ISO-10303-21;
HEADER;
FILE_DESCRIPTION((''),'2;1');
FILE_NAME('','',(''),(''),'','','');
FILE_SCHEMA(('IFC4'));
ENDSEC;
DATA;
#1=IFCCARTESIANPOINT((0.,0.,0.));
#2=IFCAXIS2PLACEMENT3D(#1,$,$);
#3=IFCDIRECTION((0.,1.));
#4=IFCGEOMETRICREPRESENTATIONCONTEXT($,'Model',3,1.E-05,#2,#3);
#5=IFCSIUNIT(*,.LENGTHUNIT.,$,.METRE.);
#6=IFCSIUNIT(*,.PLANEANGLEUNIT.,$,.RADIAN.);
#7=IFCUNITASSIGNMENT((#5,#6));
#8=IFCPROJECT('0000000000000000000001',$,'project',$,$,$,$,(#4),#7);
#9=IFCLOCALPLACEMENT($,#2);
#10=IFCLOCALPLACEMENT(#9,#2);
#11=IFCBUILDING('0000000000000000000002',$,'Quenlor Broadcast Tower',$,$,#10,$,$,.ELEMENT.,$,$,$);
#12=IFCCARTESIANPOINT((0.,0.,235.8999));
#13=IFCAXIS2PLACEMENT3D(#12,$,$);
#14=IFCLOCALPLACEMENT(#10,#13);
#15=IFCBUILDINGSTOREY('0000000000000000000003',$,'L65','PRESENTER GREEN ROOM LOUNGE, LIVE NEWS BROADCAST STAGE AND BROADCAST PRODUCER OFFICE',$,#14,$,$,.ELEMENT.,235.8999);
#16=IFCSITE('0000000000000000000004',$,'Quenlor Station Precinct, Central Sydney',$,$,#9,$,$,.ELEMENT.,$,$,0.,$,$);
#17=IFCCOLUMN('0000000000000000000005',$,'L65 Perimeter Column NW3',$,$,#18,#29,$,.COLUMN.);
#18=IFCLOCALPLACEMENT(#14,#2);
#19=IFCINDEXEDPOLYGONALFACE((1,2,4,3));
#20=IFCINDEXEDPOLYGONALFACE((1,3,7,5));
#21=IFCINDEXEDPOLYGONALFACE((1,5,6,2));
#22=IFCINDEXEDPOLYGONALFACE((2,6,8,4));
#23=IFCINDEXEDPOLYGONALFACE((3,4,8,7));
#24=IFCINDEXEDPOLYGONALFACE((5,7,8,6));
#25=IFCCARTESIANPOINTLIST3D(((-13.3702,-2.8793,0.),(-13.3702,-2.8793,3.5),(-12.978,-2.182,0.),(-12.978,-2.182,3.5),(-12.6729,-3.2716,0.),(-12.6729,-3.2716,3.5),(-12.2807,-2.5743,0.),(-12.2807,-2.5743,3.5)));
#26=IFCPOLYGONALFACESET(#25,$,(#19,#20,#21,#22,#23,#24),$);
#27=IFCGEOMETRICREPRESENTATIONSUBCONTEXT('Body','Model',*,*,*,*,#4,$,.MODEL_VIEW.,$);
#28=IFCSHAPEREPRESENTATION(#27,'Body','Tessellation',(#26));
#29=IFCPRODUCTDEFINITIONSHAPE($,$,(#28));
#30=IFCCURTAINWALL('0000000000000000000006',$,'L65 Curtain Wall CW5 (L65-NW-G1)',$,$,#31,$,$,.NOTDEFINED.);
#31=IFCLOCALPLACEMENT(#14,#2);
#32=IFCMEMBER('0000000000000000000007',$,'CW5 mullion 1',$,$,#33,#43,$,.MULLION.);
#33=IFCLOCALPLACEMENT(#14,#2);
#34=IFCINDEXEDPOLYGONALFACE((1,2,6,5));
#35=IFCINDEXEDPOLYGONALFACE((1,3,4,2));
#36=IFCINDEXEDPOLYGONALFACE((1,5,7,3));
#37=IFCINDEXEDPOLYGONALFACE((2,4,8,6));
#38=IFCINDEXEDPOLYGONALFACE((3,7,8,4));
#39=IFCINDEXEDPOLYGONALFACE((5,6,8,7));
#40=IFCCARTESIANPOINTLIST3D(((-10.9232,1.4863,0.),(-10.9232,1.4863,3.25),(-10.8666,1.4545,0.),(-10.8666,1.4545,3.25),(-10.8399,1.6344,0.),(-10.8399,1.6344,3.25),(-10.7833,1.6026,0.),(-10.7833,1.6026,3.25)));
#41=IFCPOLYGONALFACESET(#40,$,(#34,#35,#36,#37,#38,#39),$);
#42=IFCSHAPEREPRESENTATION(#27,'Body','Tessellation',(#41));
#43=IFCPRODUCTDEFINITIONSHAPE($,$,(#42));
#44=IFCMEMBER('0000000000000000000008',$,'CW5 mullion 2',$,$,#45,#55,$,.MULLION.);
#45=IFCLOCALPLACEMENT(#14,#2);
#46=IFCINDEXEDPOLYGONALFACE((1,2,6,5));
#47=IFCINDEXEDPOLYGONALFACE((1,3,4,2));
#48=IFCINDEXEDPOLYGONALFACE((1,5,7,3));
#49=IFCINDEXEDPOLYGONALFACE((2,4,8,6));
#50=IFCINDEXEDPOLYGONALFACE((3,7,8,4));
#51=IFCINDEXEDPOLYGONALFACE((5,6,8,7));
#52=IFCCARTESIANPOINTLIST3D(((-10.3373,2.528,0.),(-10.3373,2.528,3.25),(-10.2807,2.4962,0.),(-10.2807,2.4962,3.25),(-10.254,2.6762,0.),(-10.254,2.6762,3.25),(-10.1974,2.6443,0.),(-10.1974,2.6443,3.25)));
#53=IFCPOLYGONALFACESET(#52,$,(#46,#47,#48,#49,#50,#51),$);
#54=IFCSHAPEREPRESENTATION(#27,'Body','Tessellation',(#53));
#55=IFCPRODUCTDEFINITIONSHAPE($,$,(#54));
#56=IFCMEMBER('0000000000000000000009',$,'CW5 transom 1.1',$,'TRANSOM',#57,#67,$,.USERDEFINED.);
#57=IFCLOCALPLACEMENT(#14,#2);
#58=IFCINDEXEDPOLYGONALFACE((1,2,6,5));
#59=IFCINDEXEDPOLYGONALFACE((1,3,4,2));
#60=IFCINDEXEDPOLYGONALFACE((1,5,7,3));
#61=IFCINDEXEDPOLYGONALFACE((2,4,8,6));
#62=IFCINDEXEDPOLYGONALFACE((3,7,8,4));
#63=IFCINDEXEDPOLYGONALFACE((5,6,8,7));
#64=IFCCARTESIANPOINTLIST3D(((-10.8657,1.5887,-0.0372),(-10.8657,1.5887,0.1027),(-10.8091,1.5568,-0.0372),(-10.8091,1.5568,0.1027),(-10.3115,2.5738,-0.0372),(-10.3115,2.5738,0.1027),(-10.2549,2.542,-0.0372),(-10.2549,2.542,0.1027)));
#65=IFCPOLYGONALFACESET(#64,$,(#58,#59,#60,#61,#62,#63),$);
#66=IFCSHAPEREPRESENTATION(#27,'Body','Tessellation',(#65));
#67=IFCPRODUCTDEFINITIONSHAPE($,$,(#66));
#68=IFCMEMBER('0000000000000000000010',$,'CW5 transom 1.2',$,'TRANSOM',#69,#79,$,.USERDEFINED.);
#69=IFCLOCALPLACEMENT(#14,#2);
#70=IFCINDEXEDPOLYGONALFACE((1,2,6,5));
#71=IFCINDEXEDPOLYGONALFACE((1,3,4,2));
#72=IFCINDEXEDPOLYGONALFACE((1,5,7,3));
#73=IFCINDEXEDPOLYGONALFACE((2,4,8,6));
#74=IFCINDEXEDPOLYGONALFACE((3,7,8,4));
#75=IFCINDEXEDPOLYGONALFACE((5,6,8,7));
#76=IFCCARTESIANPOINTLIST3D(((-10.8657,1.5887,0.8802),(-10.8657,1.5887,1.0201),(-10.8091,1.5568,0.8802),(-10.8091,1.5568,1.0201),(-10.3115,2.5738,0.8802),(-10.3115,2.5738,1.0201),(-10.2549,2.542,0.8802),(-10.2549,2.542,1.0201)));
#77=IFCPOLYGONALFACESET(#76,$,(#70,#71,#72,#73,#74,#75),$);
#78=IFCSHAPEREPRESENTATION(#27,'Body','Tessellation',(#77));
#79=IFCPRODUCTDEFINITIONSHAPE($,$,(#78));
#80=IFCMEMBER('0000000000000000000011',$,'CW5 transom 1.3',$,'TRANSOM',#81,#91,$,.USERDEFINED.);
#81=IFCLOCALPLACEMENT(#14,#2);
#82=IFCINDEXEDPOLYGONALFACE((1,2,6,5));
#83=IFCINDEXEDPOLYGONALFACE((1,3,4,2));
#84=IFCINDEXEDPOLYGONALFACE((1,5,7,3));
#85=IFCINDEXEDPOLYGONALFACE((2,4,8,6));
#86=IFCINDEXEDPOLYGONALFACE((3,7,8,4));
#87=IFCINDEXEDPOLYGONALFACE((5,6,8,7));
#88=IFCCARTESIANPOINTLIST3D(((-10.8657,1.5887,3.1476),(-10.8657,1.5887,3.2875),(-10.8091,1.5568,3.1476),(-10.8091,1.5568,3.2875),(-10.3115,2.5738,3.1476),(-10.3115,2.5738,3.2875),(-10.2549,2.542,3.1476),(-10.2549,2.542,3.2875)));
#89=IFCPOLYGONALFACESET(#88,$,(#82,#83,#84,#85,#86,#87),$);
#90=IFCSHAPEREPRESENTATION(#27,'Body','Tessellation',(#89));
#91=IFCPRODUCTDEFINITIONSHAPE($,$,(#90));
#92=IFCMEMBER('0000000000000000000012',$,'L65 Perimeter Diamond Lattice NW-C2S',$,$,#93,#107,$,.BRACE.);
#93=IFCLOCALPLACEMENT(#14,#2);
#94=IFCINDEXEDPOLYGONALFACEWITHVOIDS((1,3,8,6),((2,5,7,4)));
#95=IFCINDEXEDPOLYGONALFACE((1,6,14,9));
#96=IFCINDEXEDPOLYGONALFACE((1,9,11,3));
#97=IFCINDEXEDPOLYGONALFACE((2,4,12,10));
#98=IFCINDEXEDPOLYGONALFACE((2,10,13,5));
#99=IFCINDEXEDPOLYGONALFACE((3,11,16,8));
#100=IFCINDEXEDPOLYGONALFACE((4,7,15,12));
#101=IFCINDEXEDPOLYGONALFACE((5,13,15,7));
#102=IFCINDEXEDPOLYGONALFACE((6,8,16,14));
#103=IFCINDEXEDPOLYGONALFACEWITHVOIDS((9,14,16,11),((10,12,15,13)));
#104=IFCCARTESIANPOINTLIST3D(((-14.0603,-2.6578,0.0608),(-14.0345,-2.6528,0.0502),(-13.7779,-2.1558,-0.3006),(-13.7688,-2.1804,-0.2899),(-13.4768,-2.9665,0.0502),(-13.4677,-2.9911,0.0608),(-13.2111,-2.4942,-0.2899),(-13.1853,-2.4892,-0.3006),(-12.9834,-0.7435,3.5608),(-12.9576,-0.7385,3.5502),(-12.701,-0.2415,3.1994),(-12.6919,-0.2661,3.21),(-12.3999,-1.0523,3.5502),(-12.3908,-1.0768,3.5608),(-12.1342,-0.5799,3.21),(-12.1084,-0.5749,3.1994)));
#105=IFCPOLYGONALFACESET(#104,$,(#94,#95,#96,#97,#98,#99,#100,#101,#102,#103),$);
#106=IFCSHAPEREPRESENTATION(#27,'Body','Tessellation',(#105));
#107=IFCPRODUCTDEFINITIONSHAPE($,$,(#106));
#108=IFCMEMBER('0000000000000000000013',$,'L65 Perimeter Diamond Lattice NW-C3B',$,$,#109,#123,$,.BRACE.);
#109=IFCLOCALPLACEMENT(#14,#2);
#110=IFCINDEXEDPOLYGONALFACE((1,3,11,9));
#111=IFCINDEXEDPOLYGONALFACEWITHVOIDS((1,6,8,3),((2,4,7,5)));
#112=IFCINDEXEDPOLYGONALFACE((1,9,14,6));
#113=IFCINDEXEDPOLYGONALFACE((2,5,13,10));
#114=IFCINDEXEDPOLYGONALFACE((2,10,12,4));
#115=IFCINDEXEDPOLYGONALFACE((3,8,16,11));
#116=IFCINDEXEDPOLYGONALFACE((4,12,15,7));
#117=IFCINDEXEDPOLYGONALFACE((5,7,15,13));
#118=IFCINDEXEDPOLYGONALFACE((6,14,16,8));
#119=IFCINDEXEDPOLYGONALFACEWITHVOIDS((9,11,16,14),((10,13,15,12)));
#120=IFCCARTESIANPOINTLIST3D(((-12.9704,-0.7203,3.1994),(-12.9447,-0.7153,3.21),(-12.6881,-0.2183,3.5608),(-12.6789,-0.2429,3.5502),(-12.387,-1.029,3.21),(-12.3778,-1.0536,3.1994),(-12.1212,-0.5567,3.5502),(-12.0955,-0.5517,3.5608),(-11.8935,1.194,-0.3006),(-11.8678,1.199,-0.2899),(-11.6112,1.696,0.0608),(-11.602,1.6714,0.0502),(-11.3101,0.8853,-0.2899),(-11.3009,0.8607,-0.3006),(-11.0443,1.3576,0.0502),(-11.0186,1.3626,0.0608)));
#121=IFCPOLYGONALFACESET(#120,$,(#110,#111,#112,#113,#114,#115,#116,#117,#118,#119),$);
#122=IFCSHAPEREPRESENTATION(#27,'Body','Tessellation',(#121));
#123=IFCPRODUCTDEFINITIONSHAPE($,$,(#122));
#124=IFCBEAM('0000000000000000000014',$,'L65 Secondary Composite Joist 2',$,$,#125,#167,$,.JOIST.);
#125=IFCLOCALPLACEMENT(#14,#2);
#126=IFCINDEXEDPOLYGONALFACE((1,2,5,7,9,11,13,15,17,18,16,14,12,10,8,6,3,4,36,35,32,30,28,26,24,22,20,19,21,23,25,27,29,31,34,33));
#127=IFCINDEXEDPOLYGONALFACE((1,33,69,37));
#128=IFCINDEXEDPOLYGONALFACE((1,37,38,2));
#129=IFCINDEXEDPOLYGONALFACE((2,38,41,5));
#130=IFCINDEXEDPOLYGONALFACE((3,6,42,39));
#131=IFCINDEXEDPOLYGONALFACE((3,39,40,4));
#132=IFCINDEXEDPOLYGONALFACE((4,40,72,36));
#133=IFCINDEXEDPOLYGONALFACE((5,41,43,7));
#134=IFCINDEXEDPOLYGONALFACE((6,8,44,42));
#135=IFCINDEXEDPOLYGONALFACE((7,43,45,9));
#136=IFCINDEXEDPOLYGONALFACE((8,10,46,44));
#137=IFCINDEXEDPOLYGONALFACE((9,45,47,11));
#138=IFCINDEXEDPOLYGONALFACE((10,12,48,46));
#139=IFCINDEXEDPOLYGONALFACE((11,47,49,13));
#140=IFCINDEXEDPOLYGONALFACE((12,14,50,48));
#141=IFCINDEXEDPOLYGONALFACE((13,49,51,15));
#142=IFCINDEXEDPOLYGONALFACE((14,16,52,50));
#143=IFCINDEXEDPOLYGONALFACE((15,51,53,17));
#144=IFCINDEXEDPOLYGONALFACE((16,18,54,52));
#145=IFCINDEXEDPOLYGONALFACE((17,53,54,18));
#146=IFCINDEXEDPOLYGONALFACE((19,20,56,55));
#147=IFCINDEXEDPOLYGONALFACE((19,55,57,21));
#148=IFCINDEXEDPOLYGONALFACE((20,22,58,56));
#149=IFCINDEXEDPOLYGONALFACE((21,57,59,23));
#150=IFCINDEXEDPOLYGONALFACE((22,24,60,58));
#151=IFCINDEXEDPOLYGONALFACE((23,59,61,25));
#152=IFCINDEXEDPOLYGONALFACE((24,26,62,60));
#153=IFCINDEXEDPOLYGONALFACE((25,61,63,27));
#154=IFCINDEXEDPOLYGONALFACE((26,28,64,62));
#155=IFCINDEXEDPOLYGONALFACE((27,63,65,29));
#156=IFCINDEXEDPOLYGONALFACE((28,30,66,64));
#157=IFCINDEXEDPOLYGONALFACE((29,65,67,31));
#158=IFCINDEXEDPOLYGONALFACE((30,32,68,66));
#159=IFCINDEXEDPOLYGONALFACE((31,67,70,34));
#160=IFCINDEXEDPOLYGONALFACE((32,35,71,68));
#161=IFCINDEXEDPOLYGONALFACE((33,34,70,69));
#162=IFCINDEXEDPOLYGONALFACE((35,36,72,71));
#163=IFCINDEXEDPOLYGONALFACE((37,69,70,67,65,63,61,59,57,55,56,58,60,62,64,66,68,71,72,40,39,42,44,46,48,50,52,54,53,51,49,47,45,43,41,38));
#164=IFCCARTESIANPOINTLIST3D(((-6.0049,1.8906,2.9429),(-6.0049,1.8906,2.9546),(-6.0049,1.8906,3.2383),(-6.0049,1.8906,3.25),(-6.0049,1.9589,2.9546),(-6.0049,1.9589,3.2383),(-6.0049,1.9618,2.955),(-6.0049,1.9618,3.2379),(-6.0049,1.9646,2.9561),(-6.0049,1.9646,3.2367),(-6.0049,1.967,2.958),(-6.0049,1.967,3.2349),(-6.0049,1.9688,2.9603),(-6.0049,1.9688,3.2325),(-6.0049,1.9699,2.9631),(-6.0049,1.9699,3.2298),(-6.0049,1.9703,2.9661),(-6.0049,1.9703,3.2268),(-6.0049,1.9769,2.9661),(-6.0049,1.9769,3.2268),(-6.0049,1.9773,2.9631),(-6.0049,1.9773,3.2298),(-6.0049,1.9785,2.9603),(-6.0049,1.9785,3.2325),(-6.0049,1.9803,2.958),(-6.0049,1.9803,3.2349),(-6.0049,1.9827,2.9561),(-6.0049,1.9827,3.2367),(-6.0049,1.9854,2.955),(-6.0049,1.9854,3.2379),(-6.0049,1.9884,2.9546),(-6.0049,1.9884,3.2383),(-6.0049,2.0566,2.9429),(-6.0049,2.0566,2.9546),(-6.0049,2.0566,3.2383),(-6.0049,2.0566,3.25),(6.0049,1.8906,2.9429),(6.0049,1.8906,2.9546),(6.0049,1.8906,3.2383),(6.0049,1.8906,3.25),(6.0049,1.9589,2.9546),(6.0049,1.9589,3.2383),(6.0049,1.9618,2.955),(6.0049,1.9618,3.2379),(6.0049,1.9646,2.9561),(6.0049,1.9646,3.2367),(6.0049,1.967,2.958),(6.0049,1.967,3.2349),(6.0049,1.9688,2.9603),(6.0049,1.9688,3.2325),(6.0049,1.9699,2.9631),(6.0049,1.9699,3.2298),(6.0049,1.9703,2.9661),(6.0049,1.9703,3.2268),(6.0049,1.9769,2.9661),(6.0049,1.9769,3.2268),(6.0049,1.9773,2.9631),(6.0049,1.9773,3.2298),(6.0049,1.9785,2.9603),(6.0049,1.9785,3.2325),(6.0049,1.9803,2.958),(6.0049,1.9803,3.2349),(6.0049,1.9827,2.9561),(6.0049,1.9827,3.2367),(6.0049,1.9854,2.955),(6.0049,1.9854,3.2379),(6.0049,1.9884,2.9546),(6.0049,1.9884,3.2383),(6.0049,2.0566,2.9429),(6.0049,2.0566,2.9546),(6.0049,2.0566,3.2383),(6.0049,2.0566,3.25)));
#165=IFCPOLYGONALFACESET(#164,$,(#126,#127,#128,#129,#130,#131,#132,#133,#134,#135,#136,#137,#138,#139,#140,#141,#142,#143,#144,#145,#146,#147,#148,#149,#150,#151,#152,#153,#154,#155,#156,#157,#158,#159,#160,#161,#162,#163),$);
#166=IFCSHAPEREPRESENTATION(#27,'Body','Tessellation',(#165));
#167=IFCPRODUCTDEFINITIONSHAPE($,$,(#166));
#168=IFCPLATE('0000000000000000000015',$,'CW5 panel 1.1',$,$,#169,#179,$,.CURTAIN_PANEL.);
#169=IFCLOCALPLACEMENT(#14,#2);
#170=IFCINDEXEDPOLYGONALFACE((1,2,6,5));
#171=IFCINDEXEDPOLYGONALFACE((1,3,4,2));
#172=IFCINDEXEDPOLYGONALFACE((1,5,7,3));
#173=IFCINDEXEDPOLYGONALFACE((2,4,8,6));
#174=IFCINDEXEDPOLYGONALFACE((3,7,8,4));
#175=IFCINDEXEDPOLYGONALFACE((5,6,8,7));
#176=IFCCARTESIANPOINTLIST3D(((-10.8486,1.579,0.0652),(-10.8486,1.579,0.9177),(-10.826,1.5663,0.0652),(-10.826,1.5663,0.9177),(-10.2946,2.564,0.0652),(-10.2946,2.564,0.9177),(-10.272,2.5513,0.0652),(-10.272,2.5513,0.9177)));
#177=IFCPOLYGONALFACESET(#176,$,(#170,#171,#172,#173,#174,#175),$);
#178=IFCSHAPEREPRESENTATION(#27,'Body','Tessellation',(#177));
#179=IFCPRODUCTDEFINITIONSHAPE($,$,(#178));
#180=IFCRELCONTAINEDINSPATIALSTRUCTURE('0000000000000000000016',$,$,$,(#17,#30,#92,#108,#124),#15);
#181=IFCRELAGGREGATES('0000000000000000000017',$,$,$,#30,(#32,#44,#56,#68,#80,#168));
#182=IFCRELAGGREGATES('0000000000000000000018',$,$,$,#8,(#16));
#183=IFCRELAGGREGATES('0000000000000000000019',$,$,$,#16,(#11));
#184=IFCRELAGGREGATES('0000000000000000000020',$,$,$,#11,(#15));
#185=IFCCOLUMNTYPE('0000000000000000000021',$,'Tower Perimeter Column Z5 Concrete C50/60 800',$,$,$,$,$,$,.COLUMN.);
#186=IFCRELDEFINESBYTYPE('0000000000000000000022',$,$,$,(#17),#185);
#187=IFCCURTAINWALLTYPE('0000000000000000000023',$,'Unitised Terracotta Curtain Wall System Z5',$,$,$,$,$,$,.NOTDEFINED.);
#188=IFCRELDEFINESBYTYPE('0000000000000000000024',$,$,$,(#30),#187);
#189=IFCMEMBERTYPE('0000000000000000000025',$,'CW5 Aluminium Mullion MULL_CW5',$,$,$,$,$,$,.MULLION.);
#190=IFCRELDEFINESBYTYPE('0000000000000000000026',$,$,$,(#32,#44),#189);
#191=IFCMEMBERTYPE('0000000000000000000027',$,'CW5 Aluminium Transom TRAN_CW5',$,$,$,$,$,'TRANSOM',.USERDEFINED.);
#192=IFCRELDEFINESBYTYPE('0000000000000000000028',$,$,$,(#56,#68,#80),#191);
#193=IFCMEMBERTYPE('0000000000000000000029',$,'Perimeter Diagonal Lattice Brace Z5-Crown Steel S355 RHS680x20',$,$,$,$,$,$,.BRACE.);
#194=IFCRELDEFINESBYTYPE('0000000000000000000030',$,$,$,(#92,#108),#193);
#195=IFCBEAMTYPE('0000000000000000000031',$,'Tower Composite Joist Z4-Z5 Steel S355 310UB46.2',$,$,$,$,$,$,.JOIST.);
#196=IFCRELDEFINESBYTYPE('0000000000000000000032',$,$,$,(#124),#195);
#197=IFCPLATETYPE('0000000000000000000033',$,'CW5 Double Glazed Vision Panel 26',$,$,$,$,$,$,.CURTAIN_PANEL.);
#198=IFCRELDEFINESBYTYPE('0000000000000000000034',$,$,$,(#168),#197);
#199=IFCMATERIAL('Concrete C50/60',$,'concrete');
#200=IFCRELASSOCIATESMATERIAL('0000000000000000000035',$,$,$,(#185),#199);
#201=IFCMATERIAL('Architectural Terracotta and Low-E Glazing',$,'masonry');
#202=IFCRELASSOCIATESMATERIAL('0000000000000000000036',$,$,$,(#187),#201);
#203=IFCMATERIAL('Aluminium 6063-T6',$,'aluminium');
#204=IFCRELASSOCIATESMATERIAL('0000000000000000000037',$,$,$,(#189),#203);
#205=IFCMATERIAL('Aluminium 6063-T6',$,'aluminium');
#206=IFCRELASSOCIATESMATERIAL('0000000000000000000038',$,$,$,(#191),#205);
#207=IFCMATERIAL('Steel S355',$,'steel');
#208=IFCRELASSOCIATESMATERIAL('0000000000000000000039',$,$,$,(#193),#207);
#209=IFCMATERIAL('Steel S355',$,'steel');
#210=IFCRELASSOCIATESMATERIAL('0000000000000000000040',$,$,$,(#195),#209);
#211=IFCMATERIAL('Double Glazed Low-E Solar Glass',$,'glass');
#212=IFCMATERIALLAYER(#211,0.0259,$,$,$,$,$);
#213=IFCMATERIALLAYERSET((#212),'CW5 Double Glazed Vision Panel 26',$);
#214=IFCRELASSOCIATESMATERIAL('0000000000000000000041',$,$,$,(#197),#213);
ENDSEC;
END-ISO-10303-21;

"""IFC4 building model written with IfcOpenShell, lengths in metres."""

from ifc_helpers import new_model, si_unit, direction, frame, origin, origin_2d, place, context, subcontext, project, spatial, rectangle, hollow_rectangle, i_section, extrude, material, layer, layer_set, material_profile, profile_set, type_object, element, aggregate, save


model = new_model("IFC4")

# Units and contexts
model_context = context("Model", 3, precision=1e-05, world=origin(), true_north=direction((0.0, 1.0)))
body_context = subcontext(model_context, "Body", "Model", "MODEL_VIEW")
ifc_project = project(units=[si_unit("LENGTHUNIT", "METRE"), si_unit("PLANEANGLEUNIT", "RADIAN")], contexts=[model_context])

# Site, building, storey
site_placement = place(None, origin())
site = spatial("IfcSite", under=ifc_project, at=site_placement, Name="Quenlor Station Precinct, Central Sydney", CompositionType="ELEMENT", RefElevation=0.0)
building_placement = place(site_placement, origin())
building = spatial("IfcBuilding", under=site, at=building_placement, Name="Quenlor Broadcast Tower", CompositionType="ELEMENT")
storey_placement = place(building_placement, frame((0.0, 0.0, 235.8999)))
storey = spatial("IfcBuildingStorey", under=building, at=storey_placement, Name="L65", Description="PRESENTER GREEN ROOM LOUNGE, LIVE NEWS BROADCAST STAGE AND BROADCAST PRODUCER OFFICE", CompositionType="ELEMENT", Elevation=235.8999)

# Column
ifc_material_1 = material(Name="Concrete C50/60", Category="concrete")
ifc_material_profile_1 = material_profile(ifc_material_1, rectangle(XDim=0.8, YDim=0.8, at=origin_2d()))
ifc_profile_set_1 = profile_set([ifc_material_profile_1], Name="Concrete C50/60 RC800x800")
column_type = type_object("IfcColumnType", Name="Tower Perimeter Column Z5 Concrete C50/60 800", PredefinedType="COLUMN", material=ifc_profile_set_1)
column_placement = place(storey_placement, frame((-12.8254, -2.7268, 0.0), z_axis=(0.0, 0.0, 1.0), x_axis=(-0.871575, 0.490262, 0.0)))
element("IfcColumn", 1, at=column_placement, inside=storey, type_object=column_type, Name="L65 Perimeter Column NW3", PredefinedType="COLUMN", context=body_context, shape_type="SweptSolid", body=[
    extrude(rectangle(XDim=0.8, YDim=0.8, at=origin_2d()), origin(), (0.0, 0.0, 1.0), 3.5),
])

# Curtain wall, members
ifc_material_2 = material(Name="Architectural Terracotta and Low-E Glazing", Category="masonry")
curtain_wall_type = type_object("IfcCurtainWallType", Name="Unitised Terracotta Curtain Wall System Z5", PredefinedType="NOTDEFINED", material=ifc_material_2)
curtain_wall_placement = place(storey_placement, origin())
curtain_wall = element("IfcCurtainWall", 2, at=curtain_wall_placement, inside=storey, type_object=curtain_wall_type, Name="L65 Curtain Wall CW5 (L65-NW-G1)", PredefinedType="NOTDEFINED")
ifc_material_3 = material(Name="Aluminium 6063-T6", Category="aluminium")
ifc_material_profile_2 = material_profile(ifc_material_3, rectangle(XDim=0.0649, YDim=0.1699, at=origin_2d()))
ifc_profile_set_2 = profile_set([ifc_material_profile_2], Name="Aluminium 6063-T6 MULL65x170")
member_type_1 = type_object("IfcMemberType", Name="CW5 Aluminium Mullion MULL_CW5", PredefinedType="MULLION", material=ifc_profile_set_2)
member_1_placement = place(storey_placement, frame((-10.8533, 1.5444, 0.0), z_axis=(0.0, 0.0, 1.0), x_axis=(-0.871592, 0.490231, 0.0)))
member_1 = element("IfcMember", 3, at=member_1_placement, type_object=member_type_1, Name="CW5 mullion 1", PredefinedType="MULLION", context=body_context, shape_type="SweptSolid", body=[
    extrude(rectangle(XDim=0.0649, YDim=0.1699, at=origin_2d()), origin(), (0.0, 0.0, 1.0), 3.25),
])
member_2_placement = place(storey_placement, frame((-10.2673, 2.5862, 0.0), z_axis=(0.0, 0.0, 1.0), x_axis=(-0.871592, 0.490231, 0.0)))
member_2 = element("IfcMember", 4, at=member_2_placement, type_object=member_type_1, Name="CW5 mullion 2", PredefinedType="MULLION", context=body_context, shape_type="SweptSolid", body=[
    extrude(rectangle(XDim=0.0649, YDim=0.1699, at=origin_2d()), origin(), (0.0, 0.0, 1.0), 3.25),
])
ifc_material_4 = material(Name="Aluminium 6063-T6", Category="aluminium")
ifc_material_profile_3 = material_profile(ifc_material_4, rectangle(XDim=0.0649, YDim=0.1399, at=origin_2d()))
ifc_profile_set_3 = profile_set([ifc_material_profile_3], Name="Aluminium 6063-T6 TRAN65x140")
member_type_2 = type_object("IfcMemberType", Name="CW5 Aluminium Transom TRAN_CW5", ElementType="TRANSOM", PredefinedType="USERDEFINED", material=ifc_profile_set_3)
member_3_placement = place(storey_placement, frame((-10.8374, 1.5728, 0.0327), z_axis=(0.490313, 0.871547, 0.0), x_axis=(-0.871547, 0.490313, 0.0)))
member_3 = element("IfcMember", 5, at=member_3_placement, type_object=member_type_2, Name="CW5 transom 1.1", ObjectType="TRANSOM", PredefinedType="USERDEFINED", context=body_context, shape_type="SweptSolid", body=[
    extrude(rectangle(XDim=0.0649, YDim=0.1399, at=origin_2d()), origin(), (0.0, 0.0, 1.0), 1.1304),
])
member_4_placement = place(storey_placement, frame((-10.8374, 1.5728, 0.9502), z_axis=(0.490313, 0.871547, 0.0), x_axis=(-0.871547, 0.490313, 0.0)))
member_4 = element("IfcMember", 6, at=member_4_placement, type_object=member_type_2, Name="CW5 transom 1.2", ObjectType="TRANSOM", PredefinedType="USERDEFINED", context=body_context, shape_type="SweptSolid", body=[
    extrude(rectangle(XDim=0.0649, YDim=0.1399, at=origin_2d()), origin(), (0.0, 0.0, 1.0), 1.1304),
])
member_5_placement = place(storey_placement, frame((-10.8374, 1.5728, 3.2175), z_axis=(0.490313, 0.871547, 0.0), x_axis=(-0.871547, 0.490313, 0.0)))
member_5 = element("IfcMember", 7, at=member_5_placement, type_object=member_type_2, Name="CW5 transom 1.3", ObjectType="TRANSOM", PredefinedType="USERDEFINED", context=body_context, shape_type="SweptSolid", body=[
    extrude(rectangle(XDim=0.0649, YDim=0.1399, at=origin_2d()), origin(), (0.0, 0.0, 1.0), 1.1304),
])

# Members
ifc_material_5 = material(Name="Steel S355", Category="steel")
ifc_material_profile_4 = material_profile(ifc_material_5, hollow_rectangle(XDim=0.6799, YDim=0.6799, WallThickness=0.02, at=origin_2d()))
ifc_profile_set_4 = profile_set([ifc_material_profile_4], Name="Steel S355 RHS680x680x20")
member_type_3 = type_object("IfcMemberType", Name="Perimeter Diagonal Lattice Brace Z5-Crown Steel S355 RHS680x20", PredefinedType="BRACE", material=ifc_profile_set_4)
for number, where, z_axis, x_axis, name in (
    (8, (-13.6228, -2.5735, -0.1199), (0.260619, 0.463276, 0.847026), (-0.871555, 0.490298, 0.0), "L65 Perimeter Diamond Lattice NW-C2S"),
    (9, (-11.4561, 1.2783, -0.1199), (-0.260619, -0.463276, 0.847026), (0.871555, -0.490298, 0.0), "L65 Perimeter Diamond Lattice NW-C3B"),
):
    element("IfcMember", number, at=place(storey_placement, frame(where, z_axis=z_axis, x_axis=x_axis)), inside=storey, type_object=member_type_3, Name=name, PredefinedType="BRACE", context=body_context, shape_type="SweptSolid", body=[
        extrude(hollow_rectangle(XDim=0.6799, YDim=0.6799, WallThickness=0.02, at=origin_2d()), origin(), (0.0, 0.0, 1.0), 4.1321),
    ])

# Beam
ifc_material_6 = material(Name="Steel S355", Category="steel")
ifc_material_profile_5 = material_profile(ifc_material_6, i_section(OverallWidth=0.166, OverallDepth=0.3071, WebThickness=0.0066, FlangeThickness=0.0117, FilletRadius=0.0115, at=origin_2d()))
ifc_profile_set_5 = profile_set([ifc_material_profile_5], Name="Steel S355 310UB46.2")
beam_type = type_object("IfcBeamType", Name="Tower Composite Joist Z4-Z5 Steel S355 310UB46.2", PredefinedType="JOIST", material=ifc_profile_set_5)
beam_placement = place(storey_placement, frame((-6.0049, 1.9736, 3.0964), z_axis=(1.0, 0.0, 0.0), x_axis=(0.0, 1.0, 0.0)))
element("IfcBeam", 10, at=beam_placement, inside=storey, type_object=beam_type, Name="L65 Secondary Composite Joist 2", PredefinedType="JOIST", context=body_context, shape_type="SweptSolid", body=[
    extrude(i_section(OverallWidth=0.166, OverallDepth=0.3071, WebThickness=0.0066, FlangeThickness=0.0117, FilletRadius=0.0115, at=origin_2d()), origin(), (0.0, 0.0, 1.0), 12.0098),
])

# Plate
ifc_material_7 = material(Name="Double Glazed Low-E Solar Glass", Category="glass")
ifc_layer_1 = layer(ifc_material_7, 0.0259)
ifc_layer_set_1 = layer_set([ifc_layer_1], Name="CW5 Double Glazed Vision Panel 26")
plate_type_1 = type_object("IfcPlateType", Name="CW5 Double Glazed Vision Panel 26", PredefinedType="CURTAIN_PANEL", material=ifc_layer_set_1)
plate_1_placement = place(storey_placement, frame((-10.5603, 2.0652, 0.0652), z_axis=(0.0, 0.0, 1.0), x_axis=(0.490231, 0.871592, 0.0)))
plate_1 = element("IfcPlate", 11, at=plate_1_placement, type_object=plate_type_1, Name="CW5 panel 1.1", PredefinedType="CURTAIN_PANEL", context=body_context, shape_type="SweptSolid", body=[
    extrude(rectangle(XDim=1.1301, YDim=0.0259, at=origin_2d()), origin(), (0.0, 0.0, 1.0), 0.8525),
])
aggregate(curtain_wall, [member_1, member_2, member_3, member_4, member_5, plate_1])

save(model, "model.ifc")
